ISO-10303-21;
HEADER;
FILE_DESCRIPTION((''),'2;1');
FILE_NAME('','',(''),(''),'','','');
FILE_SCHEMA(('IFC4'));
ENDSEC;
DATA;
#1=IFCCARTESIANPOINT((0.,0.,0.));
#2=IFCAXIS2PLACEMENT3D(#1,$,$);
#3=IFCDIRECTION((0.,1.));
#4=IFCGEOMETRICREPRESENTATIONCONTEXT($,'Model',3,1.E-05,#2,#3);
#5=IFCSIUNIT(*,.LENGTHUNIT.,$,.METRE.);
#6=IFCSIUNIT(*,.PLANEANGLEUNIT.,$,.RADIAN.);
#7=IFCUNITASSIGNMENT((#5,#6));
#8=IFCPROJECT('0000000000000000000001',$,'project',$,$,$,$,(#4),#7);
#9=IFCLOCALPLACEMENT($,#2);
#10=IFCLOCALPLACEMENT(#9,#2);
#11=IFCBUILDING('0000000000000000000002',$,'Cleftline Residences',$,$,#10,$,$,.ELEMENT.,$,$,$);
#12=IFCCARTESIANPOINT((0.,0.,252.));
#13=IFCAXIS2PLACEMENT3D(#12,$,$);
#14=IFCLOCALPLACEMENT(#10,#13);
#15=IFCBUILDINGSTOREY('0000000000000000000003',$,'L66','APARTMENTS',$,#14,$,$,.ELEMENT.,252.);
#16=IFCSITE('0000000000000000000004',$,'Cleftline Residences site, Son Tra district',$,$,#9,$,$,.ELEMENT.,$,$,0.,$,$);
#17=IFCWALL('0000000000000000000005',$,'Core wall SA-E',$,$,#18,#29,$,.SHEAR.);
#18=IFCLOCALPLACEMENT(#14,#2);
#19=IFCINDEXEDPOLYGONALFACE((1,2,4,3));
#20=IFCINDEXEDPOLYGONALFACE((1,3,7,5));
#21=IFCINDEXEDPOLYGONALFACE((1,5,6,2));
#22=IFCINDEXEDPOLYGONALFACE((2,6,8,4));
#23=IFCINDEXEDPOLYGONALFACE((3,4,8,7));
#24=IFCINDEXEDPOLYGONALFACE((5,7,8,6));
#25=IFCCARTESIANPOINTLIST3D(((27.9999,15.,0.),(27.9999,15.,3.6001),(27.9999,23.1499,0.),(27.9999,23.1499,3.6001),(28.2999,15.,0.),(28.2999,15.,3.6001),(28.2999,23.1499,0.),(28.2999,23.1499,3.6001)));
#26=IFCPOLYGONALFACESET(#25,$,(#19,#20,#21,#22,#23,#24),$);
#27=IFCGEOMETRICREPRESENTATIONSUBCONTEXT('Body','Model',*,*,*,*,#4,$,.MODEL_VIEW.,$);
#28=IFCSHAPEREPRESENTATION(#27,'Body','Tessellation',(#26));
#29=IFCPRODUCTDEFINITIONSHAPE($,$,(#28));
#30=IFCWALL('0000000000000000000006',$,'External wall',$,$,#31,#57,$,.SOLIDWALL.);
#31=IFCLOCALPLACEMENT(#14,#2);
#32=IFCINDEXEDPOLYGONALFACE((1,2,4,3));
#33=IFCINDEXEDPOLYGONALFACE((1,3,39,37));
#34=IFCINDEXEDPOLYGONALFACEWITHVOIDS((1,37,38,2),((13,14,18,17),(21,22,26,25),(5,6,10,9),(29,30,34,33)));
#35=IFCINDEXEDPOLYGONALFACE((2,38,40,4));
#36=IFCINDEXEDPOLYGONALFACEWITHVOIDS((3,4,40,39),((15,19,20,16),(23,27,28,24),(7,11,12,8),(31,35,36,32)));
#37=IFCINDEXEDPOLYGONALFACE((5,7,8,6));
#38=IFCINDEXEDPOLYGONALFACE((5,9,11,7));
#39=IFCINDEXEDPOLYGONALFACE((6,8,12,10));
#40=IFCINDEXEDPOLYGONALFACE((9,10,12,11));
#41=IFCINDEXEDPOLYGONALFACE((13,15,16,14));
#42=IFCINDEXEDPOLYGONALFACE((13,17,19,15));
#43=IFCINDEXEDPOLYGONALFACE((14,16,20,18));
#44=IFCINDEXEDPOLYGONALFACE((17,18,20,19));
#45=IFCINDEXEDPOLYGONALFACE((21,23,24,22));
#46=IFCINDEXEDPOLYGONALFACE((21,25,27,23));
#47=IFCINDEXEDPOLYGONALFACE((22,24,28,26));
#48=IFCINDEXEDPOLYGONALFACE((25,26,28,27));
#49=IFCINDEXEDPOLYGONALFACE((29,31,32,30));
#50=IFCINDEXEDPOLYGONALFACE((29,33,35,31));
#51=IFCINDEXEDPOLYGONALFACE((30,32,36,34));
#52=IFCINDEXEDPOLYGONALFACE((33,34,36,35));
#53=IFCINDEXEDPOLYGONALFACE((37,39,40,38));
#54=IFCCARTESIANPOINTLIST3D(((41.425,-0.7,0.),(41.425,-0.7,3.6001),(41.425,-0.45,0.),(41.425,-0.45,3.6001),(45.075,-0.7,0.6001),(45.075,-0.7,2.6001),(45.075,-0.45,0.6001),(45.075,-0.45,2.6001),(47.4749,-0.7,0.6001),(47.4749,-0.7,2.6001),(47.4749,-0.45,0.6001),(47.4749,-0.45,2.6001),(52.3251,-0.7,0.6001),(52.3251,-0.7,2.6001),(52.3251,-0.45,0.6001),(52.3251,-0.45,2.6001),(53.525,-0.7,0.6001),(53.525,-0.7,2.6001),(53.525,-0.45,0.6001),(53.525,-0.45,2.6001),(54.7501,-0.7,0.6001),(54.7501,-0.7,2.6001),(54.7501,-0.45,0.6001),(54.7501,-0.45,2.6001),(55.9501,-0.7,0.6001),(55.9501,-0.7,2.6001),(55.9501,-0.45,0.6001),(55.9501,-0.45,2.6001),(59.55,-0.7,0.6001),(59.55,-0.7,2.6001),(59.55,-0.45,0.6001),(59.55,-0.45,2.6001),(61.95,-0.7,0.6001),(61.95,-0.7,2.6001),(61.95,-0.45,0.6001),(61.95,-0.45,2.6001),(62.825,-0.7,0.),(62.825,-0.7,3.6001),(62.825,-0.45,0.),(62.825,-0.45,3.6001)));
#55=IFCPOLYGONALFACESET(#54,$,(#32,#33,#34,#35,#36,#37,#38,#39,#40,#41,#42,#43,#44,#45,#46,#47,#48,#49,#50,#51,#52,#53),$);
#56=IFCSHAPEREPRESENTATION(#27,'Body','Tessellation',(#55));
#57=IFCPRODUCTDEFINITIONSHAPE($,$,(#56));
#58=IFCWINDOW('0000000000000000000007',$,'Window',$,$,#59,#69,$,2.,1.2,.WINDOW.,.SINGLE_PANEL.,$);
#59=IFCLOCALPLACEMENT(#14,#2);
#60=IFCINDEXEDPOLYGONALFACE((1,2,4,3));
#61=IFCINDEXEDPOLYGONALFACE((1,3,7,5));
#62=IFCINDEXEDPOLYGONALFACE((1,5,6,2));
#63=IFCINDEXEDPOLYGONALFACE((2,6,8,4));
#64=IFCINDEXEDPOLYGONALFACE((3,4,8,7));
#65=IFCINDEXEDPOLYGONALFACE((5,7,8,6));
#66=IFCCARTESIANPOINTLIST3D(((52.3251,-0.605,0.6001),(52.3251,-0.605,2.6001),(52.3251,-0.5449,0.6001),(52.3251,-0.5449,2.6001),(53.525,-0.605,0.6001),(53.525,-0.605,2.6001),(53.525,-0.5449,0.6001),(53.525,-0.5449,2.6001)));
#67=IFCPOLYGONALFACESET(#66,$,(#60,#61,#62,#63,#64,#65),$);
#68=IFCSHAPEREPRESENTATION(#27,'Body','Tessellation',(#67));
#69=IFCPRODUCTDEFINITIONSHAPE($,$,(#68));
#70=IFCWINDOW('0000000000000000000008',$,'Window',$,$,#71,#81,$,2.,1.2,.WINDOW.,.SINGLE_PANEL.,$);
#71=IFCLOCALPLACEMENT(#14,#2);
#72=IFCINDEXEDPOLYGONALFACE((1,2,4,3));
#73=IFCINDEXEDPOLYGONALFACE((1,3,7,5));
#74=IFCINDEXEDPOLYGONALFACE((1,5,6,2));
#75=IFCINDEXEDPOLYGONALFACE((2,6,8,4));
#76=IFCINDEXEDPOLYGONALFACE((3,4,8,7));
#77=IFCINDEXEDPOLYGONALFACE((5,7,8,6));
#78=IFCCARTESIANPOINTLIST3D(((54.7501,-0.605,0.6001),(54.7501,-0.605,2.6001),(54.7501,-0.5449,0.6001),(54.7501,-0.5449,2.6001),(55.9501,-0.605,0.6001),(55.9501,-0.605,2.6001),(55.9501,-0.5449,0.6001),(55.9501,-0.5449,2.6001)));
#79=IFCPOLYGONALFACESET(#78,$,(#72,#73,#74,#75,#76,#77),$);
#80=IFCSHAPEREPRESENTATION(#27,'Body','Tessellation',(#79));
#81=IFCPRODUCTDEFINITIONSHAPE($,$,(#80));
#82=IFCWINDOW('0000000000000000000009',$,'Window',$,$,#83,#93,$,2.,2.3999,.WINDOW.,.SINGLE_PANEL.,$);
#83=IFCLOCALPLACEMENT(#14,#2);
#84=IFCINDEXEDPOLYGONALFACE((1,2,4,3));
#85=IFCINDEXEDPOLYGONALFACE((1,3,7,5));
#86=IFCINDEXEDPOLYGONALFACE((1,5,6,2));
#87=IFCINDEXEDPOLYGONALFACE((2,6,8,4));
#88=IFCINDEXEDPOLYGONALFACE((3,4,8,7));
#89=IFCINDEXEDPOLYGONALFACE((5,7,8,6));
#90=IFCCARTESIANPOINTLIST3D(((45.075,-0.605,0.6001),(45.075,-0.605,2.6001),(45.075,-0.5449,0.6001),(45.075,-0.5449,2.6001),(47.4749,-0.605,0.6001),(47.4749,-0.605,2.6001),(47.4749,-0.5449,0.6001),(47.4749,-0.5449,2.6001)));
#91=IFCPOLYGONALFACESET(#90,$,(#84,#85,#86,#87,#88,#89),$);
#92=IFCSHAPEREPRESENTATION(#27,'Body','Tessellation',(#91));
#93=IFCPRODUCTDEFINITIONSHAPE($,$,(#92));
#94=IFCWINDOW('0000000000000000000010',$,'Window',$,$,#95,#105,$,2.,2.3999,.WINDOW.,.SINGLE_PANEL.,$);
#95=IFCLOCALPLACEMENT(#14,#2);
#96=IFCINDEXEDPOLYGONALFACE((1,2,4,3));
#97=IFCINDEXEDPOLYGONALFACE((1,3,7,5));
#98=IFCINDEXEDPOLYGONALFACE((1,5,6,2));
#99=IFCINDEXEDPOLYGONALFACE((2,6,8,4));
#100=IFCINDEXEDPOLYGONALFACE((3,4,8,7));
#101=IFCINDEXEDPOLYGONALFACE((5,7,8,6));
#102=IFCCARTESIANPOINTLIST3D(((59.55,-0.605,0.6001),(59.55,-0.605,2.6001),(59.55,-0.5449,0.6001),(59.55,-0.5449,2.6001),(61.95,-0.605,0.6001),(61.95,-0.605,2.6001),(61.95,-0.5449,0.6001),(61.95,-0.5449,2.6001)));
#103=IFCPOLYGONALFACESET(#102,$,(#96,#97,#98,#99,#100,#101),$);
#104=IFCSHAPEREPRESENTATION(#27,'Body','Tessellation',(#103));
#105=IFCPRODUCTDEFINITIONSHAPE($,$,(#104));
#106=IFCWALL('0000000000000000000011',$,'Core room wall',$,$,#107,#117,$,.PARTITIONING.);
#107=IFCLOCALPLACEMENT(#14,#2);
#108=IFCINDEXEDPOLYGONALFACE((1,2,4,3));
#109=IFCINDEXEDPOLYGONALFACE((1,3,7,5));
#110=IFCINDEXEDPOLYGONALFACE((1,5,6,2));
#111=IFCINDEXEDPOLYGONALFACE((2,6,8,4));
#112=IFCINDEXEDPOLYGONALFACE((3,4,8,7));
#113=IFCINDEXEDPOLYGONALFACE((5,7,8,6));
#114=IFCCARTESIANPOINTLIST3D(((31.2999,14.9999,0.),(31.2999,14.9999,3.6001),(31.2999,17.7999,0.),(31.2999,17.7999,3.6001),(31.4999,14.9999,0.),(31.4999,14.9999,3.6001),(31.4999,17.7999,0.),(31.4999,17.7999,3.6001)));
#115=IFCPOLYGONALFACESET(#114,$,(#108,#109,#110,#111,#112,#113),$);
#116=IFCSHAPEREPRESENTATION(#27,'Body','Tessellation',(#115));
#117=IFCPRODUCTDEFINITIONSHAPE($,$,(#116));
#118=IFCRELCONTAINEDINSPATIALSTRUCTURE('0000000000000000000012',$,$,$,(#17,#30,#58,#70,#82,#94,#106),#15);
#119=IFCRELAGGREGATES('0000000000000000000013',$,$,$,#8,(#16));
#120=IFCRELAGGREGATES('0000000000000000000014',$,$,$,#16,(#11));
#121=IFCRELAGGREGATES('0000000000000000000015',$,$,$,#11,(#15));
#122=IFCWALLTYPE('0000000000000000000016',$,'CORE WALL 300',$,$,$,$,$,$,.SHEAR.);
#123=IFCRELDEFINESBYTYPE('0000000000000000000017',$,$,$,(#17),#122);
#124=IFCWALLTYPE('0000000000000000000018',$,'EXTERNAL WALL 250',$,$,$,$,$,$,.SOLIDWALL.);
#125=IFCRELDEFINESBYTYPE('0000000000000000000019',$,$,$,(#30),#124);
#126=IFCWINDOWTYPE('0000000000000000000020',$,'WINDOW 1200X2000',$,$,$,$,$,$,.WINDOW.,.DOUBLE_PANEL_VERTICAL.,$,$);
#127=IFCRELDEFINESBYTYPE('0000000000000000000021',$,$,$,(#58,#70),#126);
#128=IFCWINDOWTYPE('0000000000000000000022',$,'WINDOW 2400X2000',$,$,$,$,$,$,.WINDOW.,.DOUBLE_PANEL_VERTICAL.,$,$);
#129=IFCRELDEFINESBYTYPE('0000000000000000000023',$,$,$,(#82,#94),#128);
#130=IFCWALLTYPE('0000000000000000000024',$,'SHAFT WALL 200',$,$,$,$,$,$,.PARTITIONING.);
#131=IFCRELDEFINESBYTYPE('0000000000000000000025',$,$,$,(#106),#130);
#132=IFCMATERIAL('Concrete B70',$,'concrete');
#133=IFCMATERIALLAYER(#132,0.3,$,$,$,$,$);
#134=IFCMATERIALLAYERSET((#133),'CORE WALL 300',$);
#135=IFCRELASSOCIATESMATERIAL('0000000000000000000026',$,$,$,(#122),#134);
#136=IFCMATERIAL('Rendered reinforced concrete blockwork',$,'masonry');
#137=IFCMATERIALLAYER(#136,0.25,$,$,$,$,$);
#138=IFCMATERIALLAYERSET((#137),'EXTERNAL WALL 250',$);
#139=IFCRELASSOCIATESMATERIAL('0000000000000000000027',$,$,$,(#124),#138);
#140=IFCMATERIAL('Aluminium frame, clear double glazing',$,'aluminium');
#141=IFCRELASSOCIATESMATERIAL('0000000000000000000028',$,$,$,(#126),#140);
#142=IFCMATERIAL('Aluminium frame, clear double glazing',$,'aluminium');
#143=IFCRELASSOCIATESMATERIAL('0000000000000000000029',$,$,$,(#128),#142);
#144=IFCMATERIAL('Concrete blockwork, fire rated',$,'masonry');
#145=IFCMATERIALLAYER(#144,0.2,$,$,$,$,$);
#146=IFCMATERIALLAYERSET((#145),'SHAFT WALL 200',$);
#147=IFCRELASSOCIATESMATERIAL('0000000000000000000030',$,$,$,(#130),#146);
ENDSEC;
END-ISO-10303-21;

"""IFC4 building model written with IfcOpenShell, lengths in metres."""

from ifc_helpers import new_model, si_unit, direction, frame, frame_2d, origin, place, context, subcontext, project, spatial, rectangle, extrude, material, layer, layer_set, type_object, element, fill, save


model = new_model("IFC4")

# Units and contexts
model_context = context("Model", 3, precision=1e-05, world=origin(), true_north=direction((0.0, 1.0)))
body_context = subcontext(model_context, "Body", "Model", "MODEL_VIEW")
ifc_project = project(units=[si_unit("LENGTHUNIT", "METRE"), si_unit("PLANEANGLEUNIT", "RADIAN")], contexts=[model_context])

# Site, building, storey
site_placement = place(None, origin())
site = spatial("IfcSite", under=ifc_project, at=site_placement, Name="Cleftline Residences site, Son Tra district", CompositionType="ELEMENT", RefElevation=0.0)
building_placement = place(site_placement, origin())
building = spatial("IfcBuilding", under=site, at=building_placement, Name="Cleftline Residences", CompositionType="ELEMENT")
storey_placement = place(building_placement, frame((0.0, 0.0, 252.0)))
storey = spatial("IfcBuildingStorey", under=building, at=storey_placement, Name="L66", Description="APARTMENTS", CompositionType="ELEMENT", Elevation=252.0)

# Wall
ifc_material_1 = material(Name="Concrete B70", Category="concrete")
ifc_layer_1 = layer(ifc_material_1, 0.3)
ifc_layer_set_1 = layer_set([ifc_layer_1], Name="CORE WALL 300")
wall_type_1 = type_object("IfcWallType", Name="CORE WALL 300", PredefinedType="SHEAR", material=ifc_layer_set_1)
wall_1_placement = place(storey_placement, frame((28.1499, 15.0, 0.0), z_axis=(0.0, 0.0, 1.0), x_axis=(0.0, 1.0, 0.0)))
element("IfcWall", 1, at=wall_1_placement, inside=storey, type_object=wall_type_1, Name="Core wall SA-E", PredefinedType="SHEAR", context=body_context, shape_type="SweptSolid", body=[
    extrude(rectangle(XDim=8.1499, YDim=0.3, at=frame_2d((4.075, 0.0))), origin(), (0.0, 0.0, 1.0), 3.6001),
])

# Wall, openings, windows
ifc_material_2 = material(Name="Rendered reinforced concrete blockwork", Category="masonry")
ifc_layer_2 = layer(ifc_material_2, 0.25)
ifc_layer_set_2 = layer_set([ifc_layer_2], Name="EXTERNAL WALL 250")
wall_type_2 = type_object("IfcWallType", Name="EXTERNAL WALL 250", PredefinedType="SOLIDWALL", material=ifc_layer_set_2)
wall_2_placement = place(storey_placement, frame((41.425, -0.575, 0.0), z_axis=(0.0, 0.0, 1.0), x_axis=(1.0, 0.0, 0.0)))
wall_2 = element("IfcWall", 2, at=wall_2_placement, inside=storey, type_object=wall_type_2, Name="External wall", PredefinedType="SOLIDWALL", context=body_context, shape_type="SweptSolid", body=[
    extrude(rectangle(XDim=21.3999, YDim=0.25, at=frame_2d((10.7, 0.0))), origin(), (0.0, 0.0, 1.0), 3.6001),
])
opening_1_placement = place(wall_2_placement, frame((3.6499, 0.0, 0.6001)))
opening_1 = element("IfcOpeningElement", 3, at=opening_1_placement, cuts=wall_2, PredefinedType="OPENING", context=body_context, shape_type="SweptSolid", body=[
    extrude(rectangle(XDim=2.3999, YDim=2.0, at=frame_2d((1.2, 1.0))), frame((0.0, 0.135, 0.0), z_axis=(0.0, -1.0, 0.0), x_axis=(1.0, 0.0, 0.0)), (0.0, 0.0, 1.0), 0.27),
])
opening_2_placement = place(wall_2_placement, frame((10.8999, 0.0, 0.6001)))
opening_2 = element("IfcOpeningElement", 4, at=opening_2_placement, cuts=wall_2, PredefinedType="OPENING", context=body_context, shape_type="SweptSolid", body=[
    extrude(rectangle(XDim=1.2, YDim=2.0, at=frame_2d((0.6001, 1.0))), frame((0.0, 0.135, 0.0), z_axis=(0.0, -1.0, 0.0), x_axis=(1.0, 0.0, 0.0)), (0.0, 0.0, 1.0), 0.27),
])
opening_3_placement = place(wall_2_placement, frame((13.325, 0.0, 0.6001)))
opening_3 = element("IfcOpeningElement", 5, at=opening_3_placement, cuts=wall_2, PredefinedType="OPENING", context=body_context, shape_type="SweptSolid", body=[
    extrude(rectangle(XDim=1.2, YDim=2.0, at=frame_2d((0.6001, 1.0))), frame((0.0, 0.135, 0.0), z_axis=(0.0, -1.0, 0.0), x_axis=(1.0, 0.0, 0.0)), (0.0, 0.0, 1.0), 0.27),
])
opening_4_placement = place(wall_2_placement, frame((18.125, 0.0, 0.6001)))
opening_4 = element("IfcOpeningElement", 6, at=opening_4_placement, cuts=wall_2, PredefinedType="OPENING", context=body_context, shape_type="SweptSolid", body=[
    extrude(rectangle(XDim=2.3999, YDim=2.0, at=frame_2d((1.2, 1.0))), frame((0.0, 0.135, 0.0), z_axis=(0.0, -1.0, 0.0), x_axis=(1.0, 0.0, 0.0)), (0.0, 0.0, 1.0), 0.27),
])
ifc_material_3 = material(Name="Aluminium frame, clear double glazing", Category="aluminium")
window_type_1 = type_object("IfcWindowType", Name="WINDOW 1200X2000", PartitioningType="DOUBLE_PANEL_VERTICAL", PredefinedType="WINDOW", material=ifc_material_3)
window_1_placement = place(opening_2_placement, origin())
window_1 = element("IfcWindow", 7, at=window_1_placement, inside=storey, type_object=window_type_1, Name="Window", OverallHeight=2.0, OverallWidth=1.2, PartitioningType="SINGLE_PANEL", PredefinedType="WINDOW", context=body_context, shape_type="SweptSolid", body=[
    extrude(rectangle(XDim=1.2, YDim=2.0, at=frame_2d((0.6001, 1.0))), frame((0.0, 0.03, 0.0), z_axis=(0.0, -1.0, 0.0), x_axis=(1.0, 0.0, 0.0)), (0.0, 0.0, 1.0), 0.0601),
])
fill(opening_2, window_1)
window_2_placement = place(opening_3_placement, origin())
window_2 = element("IfcWindow", 8, at=window_2_placement, inside=storey, type_object=window_type_1, Name="Window", OverallHeight=2.0, OverallWidth=1.2, PartitioningType="SINGLE_PANEL", PredefinedType="WINDOW", context=body_context, shape_type="SweptSolid", body=[
    extrude(rectangle(XDim=1.2, YDim=2.0, at=frame_2d((0.6001, 1.0))), frame((0.0, 0.03, 0.0), z_axis=(0.0, -1.0, 0.0), x_axis=(1.0, 0.0, 0.0)), (0.0, 0.0, 1.0), 0.0601),
])
fill(opening_3, window_2)
ifc_material_4 = material(Name="Aluminium frame, clear double glazing", Category="aluminium")
window_type_2 = type_object("IfcWindowType", Name="WINDOW 2400X2000", PartitioningType="DOUBLE_PANEL_VERTICAL", PredefinedType="WINDOW", material=ifc_material_4)
window_3_placement = place(opening_1_placement, origin())
window_3 = element("IfcWindow", 9, at=window_3_placement, inside=storey, type_object=window_type_2, Name="Window", OverallHeight=2.0, OverallWidth=2.3999, PartitioningType="SINGLE_PANEL", PredefinedType="WINDOW", context=body_context, shape_type="SweptSolid", body=[
    extrude(rectangle(XDim=2.3999, YDim=2.0, at=frame_2d((1.2, 1.0))), frame((0.0, 0.03, 0.0), z_axis=(0.0, -1.0, 0.0), x_axis=(1.0, 0.0, 0.0)), (0.0, 0.0, 1.0), 0.0601),
])
fill(opening_1, window_3)
window_4_placement = place(opening_4_placement, origin())
window_4 = element("IfcWindow", 10, at=window_4_placement, inside=storey, type_object=window_type_2, Name="Window", OverallHeight=2.0, OverallWidth=2.3999, PartitioningType="SINGLE_PANEL", PredefinedType="WINDOW", context=body_context, shape_type="SweptSolid", body=[
    extrude(rectangle(XDim=2.3999, YDim=2.0, at=frame_2d((1.2, 1.0))), frame((0.0, 0.03, 0.0), z_axis=(0.0, -1.0, 0.0), x_axis=(1.0, 0.0, 0.0)), (0.0, 0.0, 1.0), 0.0601),
])
fill(opening_4, window_4)

# Wall
ifc_material_5 = material(Name="Concrete blockwork, fire rated", Category="masonry")
ifc_layer_3 = layer(ifc_material_5, 0.2)
ifc_layer_set_3 = layer_set([ifc_layer_3], Name="SHAFT WALL 200")
wall_type_3 = type_object("IfcWallType", Name="SHAFT WALL 200", PredefinedType="PARTITIONING", material=ifc_layer_set_3)
wall_3_placement = place(storey_placement, frame((31.3999, 15.0, 0.0), z_axis=(0.0, 0.0, 1.0), x_axis=(0.0, 1.0, 0.0)))
element("IfcWall", 11, at=wall_3_placement, inside=storey, type_object=wall_type_3, Name="Core room wall", PredefinedType="PARTITIONING", context=body_context, shape_type="SweptSolid", body=[
    extrude(rectangle(XDim=2.8, YDim=0.2, at=frame_2d((1.3999, 0.0))), origin(), (0.0, 0.0, 1.0), 3.6001),
])

save(model, "model.ifc")
